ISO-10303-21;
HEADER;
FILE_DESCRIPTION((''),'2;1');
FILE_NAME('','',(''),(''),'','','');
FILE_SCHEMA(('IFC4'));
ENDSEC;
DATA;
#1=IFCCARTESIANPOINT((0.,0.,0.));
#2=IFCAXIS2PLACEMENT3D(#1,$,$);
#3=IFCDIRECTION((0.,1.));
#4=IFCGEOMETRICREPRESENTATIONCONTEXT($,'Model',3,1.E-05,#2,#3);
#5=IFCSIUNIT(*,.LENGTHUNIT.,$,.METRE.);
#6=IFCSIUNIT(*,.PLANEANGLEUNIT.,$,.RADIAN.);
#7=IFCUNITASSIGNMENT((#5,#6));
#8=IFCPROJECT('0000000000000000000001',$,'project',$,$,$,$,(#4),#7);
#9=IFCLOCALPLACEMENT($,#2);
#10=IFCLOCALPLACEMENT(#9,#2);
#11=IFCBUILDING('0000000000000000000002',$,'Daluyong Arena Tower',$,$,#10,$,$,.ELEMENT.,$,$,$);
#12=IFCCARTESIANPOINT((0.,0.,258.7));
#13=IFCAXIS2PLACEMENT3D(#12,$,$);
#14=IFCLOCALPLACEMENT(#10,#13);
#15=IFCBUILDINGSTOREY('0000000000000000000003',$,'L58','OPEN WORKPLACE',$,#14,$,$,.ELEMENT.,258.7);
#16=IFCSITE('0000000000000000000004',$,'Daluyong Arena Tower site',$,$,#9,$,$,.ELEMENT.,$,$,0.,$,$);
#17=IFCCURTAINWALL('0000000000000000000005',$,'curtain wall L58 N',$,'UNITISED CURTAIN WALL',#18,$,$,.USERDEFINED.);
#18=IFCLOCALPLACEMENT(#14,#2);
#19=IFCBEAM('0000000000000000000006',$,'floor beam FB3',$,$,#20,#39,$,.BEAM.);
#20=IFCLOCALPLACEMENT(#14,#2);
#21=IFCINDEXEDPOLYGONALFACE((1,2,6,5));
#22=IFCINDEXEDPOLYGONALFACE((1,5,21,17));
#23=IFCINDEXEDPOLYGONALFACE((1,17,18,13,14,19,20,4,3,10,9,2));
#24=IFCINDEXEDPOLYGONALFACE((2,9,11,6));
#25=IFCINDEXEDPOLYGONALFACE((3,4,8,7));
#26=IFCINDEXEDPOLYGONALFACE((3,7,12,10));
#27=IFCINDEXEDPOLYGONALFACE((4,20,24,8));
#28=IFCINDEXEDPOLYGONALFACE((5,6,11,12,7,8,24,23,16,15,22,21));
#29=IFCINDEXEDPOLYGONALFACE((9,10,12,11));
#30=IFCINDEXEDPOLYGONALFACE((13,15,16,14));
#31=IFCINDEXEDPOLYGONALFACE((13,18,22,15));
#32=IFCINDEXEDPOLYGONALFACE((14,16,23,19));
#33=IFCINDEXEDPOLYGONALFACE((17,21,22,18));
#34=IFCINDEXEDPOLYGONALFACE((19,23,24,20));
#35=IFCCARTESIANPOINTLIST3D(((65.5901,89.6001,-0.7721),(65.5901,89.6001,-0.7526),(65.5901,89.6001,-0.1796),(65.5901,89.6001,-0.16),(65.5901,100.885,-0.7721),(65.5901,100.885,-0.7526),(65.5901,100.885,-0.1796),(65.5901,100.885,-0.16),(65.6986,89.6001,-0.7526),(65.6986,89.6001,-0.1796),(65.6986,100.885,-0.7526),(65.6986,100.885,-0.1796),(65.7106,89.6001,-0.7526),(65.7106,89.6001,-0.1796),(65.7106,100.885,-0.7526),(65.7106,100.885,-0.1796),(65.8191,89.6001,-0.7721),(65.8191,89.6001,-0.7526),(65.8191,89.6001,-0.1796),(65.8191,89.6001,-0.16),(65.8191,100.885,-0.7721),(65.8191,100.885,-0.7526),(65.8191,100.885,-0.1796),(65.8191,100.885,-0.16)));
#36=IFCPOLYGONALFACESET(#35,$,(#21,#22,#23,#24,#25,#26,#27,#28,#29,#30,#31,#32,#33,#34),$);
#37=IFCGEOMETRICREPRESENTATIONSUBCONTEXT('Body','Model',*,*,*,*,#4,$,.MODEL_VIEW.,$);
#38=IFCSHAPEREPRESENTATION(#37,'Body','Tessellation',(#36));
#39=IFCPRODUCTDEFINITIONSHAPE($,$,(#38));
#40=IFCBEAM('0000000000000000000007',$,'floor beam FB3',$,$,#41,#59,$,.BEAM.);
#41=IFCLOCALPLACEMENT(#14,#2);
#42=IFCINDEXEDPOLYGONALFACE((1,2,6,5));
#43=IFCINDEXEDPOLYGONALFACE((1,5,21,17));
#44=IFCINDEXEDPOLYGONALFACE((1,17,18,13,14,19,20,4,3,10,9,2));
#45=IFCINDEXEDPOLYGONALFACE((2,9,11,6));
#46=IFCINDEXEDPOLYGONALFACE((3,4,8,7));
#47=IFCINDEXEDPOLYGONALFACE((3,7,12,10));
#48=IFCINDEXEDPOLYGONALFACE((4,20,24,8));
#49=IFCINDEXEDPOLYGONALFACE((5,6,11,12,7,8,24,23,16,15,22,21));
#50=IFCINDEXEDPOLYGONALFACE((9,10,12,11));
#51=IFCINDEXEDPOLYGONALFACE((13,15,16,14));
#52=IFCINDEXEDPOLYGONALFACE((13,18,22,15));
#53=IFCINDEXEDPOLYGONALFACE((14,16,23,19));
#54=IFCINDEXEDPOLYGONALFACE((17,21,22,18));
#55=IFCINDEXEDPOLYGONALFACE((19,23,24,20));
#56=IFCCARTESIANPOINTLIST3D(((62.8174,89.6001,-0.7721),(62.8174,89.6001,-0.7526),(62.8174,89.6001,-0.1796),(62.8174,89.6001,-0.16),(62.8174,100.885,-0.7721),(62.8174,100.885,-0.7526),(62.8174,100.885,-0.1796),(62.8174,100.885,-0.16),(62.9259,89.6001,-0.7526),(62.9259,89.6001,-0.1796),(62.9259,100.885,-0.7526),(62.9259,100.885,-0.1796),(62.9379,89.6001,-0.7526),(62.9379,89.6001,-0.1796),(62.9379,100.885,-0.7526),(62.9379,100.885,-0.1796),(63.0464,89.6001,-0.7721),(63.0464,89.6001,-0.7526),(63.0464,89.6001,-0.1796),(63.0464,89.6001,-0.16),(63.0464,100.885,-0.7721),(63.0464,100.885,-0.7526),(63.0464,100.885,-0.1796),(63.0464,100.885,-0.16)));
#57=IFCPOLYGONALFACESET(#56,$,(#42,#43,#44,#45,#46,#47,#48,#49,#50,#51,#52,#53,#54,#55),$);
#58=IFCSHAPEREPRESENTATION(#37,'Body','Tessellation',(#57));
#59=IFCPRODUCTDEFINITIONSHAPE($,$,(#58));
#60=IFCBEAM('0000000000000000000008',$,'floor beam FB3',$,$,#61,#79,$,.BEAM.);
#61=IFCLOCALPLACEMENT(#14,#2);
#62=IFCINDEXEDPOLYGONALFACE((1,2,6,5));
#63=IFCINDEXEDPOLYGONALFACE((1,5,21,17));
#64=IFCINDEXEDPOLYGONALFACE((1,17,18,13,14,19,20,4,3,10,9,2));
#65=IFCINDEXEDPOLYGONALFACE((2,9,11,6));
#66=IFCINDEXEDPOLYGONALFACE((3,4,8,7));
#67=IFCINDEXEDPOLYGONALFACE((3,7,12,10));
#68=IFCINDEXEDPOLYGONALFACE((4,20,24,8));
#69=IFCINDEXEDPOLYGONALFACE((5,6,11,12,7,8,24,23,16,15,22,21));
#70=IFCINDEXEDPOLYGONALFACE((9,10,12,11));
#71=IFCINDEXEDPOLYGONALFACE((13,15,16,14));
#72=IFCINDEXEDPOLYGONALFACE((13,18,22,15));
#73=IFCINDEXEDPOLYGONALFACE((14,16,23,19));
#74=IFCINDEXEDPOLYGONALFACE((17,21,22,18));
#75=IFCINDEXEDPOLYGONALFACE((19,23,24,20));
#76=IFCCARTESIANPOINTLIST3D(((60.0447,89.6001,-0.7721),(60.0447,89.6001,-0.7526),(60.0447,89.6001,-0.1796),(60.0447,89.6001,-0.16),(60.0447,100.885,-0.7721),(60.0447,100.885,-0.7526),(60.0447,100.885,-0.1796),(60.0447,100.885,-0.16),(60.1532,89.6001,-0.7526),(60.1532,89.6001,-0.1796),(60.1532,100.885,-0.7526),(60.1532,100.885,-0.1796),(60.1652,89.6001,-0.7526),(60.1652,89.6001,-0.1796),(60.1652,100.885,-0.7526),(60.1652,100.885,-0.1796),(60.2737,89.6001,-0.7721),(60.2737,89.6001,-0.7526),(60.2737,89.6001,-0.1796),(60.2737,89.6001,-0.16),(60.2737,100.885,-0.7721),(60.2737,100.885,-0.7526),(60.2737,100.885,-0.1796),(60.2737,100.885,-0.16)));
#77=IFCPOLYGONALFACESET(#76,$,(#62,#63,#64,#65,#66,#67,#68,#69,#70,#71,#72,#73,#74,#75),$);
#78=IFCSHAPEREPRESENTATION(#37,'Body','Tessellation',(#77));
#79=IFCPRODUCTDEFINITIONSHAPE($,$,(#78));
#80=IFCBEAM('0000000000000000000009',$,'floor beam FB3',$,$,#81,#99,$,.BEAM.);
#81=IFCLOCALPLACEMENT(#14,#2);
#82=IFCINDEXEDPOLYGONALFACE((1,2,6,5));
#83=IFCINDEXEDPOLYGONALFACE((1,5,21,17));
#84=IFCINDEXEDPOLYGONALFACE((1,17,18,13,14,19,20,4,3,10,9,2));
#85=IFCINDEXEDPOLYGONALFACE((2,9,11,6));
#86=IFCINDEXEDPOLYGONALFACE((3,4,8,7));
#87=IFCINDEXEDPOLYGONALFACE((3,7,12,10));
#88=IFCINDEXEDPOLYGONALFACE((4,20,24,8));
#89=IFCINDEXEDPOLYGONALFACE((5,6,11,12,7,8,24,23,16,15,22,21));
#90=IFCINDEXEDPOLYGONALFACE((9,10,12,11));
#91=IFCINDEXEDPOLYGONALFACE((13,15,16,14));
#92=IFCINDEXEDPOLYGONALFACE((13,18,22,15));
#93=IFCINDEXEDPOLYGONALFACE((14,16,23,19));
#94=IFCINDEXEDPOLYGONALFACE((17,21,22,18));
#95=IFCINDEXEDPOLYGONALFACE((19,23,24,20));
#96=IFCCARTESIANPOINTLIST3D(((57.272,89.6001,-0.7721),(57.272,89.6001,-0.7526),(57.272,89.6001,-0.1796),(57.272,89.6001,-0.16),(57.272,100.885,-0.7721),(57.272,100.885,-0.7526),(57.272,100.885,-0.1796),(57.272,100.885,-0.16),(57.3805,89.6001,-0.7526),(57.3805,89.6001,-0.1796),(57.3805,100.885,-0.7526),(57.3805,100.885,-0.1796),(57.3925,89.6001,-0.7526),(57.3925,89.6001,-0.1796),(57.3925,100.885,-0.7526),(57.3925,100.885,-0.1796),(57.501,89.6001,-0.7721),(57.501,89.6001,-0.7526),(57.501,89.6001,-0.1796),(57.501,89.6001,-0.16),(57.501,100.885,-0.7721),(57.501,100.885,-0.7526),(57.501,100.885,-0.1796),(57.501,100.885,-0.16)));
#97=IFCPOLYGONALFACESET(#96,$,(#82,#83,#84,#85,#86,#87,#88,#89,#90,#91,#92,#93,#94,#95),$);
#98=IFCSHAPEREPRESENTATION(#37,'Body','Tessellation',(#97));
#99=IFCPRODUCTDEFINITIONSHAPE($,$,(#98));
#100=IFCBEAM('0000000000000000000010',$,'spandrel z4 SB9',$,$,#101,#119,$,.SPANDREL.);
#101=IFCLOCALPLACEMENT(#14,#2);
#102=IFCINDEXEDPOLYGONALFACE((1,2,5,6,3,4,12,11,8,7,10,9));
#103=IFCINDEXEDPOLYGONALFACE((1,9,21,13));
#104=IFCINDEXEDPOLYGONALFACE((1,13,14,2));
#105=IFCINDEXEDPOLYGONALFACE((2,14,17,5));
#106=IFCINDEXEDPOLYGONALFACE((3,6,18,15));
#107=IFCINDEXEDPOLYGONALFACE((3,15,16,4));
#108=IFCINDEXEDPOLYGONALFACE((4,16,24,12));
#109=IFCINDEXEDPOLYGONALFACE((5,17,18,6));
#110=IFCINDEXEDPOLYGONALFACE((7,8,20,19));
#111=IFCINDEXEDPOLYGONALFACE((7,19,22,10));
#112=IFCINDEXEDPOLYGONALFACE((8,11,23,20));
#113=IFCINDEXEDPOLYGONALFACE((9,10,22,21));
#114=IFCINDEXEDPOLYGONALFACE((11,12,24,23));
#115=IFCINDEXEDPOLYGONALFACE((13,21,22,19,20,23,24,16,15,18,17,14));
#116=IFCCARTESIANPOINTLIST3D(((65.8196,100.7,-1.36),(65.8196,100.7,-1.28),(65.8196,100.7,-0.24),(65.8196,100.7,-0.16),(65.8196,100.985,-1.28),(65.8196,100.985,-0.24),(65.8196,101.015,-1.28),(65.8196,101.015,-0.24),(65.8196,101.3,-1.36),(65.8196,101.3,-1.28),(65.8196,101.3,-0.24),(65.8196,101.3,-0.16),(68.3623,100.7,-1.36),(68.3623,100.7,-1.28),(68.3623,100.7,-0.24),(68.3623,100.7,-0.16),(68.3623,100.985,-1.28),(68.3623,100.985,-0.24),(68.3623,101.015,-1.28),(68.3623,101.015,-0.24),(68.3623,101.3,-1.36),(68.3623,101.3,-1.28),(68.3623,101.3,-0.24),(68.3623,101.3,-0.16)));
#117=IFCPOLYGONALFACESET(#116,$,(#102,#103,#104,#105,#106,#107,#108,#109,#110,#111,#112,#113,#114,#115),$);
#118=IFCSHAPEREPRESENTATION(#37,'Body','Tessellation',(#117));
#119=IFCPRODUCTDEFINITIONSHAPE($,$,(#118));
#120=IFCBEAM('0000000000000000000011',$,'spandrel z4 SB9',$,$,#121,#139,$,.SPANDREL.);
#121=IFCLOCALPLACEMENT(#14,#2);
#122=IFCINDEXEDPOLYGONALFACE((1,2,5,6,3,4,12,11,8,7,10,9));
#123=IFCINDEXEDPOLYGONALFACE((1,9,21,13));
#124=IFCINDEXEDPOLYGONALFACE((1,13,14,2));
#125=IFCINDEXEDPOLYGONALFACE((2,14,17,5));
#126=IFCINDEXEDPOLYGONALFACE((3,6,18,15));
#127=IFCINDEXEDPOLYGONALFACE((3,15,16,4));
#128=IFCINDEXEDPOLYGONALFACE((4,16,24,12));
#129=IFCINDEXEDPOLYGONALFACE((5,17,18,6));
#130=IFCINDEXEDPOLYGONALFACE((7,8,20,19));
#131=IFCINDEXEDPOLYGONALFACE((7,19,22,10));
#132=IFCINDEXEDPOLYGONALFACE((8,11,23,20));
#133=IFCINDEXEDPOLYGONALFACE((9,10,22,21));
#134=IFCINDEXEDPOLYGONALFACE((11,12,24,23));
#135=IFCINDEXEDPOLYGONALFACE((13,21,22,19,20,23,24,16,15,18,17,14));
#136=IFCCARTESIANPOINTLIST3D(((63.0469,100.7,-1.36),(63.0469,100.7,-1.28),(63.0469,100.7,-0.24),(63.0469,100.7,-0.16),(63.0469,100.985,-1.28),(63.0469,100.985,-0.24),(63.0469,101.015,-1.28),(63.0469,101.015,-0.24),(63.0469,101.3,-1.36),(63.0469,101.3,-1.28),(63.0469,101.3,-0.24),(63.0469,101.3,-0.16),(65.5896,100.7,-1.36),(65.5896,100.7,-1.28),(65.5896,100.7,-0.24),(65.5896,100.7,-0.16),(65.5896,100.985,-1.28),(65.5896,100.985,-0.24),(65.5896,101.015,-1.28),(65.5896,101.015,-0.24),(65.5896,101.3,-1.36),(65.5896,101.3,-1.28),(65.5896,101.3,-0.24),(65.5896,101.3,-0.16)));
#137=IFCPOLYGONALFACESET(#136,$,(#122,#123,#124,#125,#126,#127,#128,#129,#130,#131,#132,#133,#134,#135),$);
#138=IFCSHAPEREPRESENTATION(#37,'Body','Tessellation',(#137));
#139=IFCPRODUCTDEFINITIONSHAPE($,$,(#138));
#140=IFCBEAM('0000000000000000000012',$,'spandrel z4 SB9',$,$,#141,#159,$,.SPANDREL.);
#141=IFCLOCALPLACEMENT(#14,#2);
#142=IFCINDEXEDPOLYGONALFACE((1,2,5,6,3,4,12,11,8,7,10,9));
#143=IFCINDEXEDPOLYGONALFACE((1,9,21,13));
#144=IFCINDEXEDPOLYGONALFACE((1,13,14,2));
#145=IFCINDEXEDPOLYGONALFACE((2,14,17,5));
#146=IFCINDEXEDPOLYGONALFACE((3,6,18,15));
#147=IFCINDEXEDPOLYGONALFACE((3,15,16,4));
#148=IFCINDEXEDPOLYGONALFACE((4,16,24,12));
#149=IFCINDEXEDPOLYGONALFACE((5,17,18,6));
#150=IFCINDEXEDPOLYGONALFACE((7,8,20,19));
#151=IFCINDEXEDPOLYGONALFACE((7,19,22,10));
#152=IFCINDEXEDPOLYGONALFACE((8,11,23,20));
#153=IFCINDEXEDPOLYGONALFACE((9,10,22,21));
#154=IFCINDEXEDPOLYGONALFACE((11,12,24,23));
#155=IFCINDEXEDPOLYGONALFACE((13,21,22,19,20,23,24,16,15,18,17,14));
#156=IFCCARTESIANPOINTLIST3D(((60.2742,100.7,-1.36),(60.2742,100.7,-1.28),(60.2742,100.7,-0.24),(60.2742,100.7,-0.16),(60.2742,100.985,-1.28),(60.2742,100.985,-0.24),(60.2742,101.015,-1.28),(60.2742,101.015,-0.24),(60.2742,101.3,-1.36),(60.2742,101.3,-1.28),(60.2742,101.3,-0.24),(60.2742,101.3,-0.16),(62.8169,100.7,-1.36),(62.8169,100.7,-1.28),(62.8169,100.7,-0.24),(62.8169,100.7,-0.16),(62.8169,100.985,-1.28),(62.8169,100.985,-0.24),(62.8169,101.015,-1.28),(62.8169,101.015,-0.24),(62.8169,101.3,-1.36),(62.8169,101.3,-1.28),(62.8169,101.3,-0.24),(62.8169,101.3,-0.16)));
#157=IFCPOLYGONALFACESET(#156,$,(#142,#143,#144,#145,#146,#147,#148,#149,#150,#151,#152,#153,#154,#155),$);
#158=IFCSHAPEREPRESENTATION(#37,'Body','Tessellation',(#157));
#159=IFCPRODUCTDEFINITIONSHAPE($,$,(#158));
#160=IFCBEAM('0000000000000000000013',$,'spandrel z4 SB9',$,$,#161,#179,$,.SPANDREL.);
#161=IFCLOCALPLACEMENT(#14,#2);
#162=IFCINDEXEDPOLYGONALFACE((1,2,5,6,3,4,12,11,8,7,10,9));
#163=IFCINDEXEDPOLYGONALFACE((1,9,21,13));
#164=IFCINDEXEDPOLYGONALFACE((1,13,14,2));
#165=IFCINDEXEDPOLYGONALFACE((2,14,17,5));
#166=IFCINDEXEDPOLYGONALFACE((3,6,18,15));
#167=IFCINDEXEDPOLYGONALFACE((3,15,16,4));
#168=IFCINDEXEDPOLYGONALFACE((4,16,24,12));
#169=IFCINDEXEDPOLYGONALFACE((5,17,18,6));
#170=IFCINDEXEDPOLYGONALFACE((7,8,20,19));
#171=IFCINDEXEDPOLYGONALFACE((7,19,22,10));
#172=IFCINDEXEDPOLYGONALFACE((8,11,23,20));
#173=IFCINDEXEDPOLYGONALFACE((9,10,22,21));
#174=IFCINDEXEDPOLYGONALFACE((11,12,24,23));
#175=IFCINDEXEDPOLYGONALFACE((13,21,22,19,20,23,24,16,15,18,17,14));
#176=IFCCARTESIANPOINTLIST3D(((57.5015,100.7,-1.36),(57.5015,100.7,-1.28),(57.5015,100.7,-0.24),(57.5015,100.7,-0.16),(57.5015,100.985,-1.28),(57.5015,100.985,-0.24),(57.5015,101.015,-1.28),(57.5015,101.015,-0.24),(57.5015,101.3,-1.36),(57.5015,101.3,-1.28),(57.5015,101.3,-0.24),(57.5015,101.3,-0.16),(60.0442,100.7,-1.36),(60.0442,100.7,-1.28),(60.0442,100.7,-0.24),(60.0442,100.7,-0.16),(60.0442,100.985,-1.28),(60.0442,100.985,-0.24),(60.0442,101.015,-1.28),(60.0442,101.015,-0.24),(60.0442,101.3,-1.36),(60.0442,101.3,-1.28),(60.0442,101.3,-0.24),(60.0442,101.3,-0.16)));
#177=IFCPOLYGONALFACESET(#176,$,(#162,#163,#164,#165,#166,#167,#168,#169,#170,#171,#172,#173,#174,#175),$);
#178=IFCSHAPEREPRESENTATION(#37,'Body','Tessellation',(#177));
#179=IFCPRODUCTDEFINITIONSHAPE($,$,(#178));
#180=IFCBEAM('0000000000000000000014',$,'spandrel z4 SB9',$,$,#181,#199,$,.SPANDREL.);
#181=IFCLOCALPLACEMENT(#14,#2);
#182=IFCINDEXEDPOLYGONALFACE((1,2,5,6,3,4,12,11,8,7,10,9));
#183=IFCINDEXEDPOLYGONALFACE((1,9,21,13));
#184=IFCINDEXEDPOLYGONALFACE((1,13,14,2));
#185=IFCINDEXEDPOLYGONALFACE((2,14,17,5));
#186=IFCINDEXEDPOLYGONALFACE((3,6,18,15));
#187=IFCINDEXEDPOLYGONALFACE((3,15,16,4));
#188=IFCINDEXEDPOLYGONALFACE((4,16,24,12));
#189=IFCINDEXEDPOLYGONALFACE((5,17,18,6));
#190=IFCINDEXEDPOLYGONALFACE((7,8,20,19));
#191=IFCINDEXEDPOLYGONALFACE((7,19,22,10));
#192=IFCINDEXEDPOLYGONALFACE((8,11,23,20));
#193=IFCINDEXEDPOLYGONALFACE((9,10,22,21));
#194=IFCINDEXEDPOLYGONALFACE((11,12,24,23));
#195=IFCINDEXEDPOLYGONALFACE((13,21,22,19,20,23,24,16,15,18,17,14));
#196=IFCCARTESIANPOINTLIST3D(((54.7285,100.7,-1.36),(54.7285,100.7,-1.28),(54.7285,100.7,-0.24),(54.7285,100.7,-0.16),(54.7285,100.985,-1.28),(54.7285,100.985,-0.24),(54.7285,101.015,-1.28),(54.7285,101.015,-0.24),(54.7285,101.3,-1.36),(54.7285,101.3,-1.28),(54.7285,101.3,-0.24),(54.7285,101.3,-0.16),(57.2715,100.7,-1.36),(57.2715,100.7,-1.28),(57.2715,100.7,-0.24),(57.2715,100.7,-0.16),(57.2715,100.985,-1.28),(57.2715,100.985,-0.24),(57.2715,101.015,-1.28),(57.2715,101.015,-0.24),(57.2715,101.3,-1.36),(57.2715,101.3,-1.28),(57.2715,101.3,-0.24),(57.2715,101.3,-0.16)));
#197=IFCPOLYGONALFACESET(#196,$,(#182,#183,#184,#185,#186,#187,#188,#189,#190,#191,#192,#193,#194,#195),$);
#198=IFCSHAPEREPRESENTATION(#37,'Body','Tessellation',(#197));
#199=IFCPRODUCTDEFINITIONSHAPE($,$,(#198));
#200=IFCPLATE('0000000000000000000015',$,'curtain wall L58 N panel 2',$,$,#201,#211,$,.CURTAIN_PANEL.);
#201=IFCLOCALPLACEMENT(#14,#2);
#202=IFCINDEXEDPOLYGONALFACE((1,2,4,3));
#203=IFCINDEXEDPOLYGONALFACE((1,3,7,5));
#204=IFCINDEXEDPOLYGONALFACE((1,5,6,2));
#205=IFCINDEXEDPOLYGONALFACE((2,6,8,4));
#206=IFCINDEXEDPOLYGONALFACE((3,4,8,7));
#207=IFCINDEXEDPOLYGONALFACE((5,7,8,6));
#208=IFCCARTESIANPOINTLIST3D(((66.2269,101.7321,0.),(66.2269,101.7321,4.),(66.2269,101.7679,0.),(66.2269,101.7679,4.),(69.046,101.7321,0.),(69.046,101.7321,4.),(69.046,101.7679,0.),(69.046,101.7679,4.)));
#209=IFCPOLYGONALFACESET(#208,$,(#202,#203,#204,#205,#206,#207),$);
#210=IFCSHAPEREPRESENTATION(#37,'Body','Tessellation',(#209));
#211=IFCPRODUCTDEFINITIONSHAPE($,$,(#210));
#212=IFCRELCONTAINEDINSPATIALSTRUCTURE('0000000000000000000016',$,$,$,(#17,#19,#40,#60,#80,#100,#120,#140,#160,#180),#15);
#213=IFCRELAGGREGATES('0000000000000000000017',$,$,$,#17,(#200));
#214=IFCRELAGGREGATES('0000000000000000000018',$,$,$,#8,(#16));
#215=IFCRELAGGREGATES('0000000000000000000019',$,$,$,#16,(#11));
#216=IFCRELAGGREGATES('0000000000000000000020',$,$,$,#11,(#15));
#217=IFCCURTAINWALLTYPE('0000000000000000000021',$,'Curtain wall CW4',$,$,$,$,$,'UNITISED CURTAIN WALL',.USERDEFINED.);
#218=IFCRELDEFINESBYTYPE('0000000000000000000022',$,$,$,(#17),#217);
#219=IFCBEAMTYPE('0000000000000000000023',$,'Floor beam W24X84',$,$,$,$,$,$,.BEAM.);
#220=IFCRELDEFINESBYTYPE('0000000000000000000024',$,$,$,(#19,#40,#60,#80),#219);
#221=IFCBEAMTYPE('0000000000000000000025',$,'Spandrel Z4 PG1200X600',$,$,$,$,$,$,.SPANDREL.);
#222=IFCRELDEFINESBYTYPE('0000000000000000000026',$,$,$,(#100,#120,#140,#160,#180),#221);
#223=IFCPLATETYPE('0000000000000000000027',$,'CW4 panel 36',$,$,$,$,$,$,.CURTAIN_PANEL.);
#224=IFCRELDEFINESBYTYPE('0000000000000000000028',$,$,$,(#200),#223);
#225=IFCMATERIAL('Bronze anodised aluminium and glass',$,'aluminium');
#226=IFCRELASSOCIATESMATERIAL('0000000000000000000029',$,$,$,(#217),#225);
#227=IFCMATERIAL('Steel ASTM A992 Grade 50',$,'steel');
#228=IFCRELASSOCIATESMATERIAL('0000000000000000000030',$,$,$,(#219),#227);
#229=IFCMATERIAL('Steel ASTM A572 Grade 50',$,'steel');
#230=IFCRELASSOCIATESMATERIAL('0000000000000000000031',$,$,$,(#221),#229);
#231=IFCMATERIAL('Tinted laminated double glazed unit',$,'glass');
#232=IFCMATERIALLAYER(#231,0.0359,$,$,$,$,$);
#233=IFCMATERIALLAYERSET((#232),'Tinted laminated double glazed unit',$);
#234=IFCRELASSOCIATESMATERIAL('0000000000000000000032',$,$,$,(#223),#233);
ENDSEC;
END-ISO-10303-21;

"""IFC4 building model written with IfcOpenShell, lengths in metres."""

from ifc_helpers import new_model, si_unit, direction, frame, origin, origin_2d, place, context, subcontext, project, spatial, rectangle, i_section, extrude, material, layer, layer_set, material_profile, profile_set, type_object, element, aggregate, save


model = new_model("IFC4")

# Units and contexts
model_context = context("Model", 3, precision=1e-05, world=origin(), true_north=direction((0.0, 1.0)))
body_context = subcontext(model_context, "Body", "Model", "MODEL_VIEW")
ifc_project = project(units=[si_unit("LENGTHUNIT", "METRE"), si_unit("PLANEANGLEUNIT", "RADIAN")], contexts=[model_context])

# Site, building, storey
site_placement = place(None, origin())
site = spatial("IfcSite", under=ifc_project, at=site_placement, Name="Daluyong Arena Tower site", CompositionType="ELEMENT", RefElevation=0.0)
building_placement = place(site_placement, origin())
building = spatial("IfcBuilding", under=site, at=building_placement, Name="Daluyong Arena Tower", CompositionType="ELEMENT")
storey_placement = place(building_placement, frame((0.0, 0.0, 258.7)))
storey = spatial("IfcBuildingStorey", under=building, at=storey_placement, Name="L58", Description="OPEN WORKPLACE", CompositionType="ELEMENT", Elevation=258.7)

# Curtain wall
ifc_material_1 = material(Name="Bronze anodised aluminium and glass", Category="aluminium")
curtain_wall_type = type_object("IfcCurtainWallType", Name="Curtain wall CW4", ElementType="UNITISED CURTAIN WALL", PredefinedType="USERDEFINED", material=ifc_material_1)
curtain_wall_placement = place(storey_placement, origin())
curtain_wall = element("IfcCurtainWall", 1, at=curtain_wall_placement, inside=storey, type_object=curtain_wall_type, Name="curtain wall L58 N", ObjectType="UNITISED CURTAIN WALL", PredefinedType="USERDEFINED")

# Beams
ifc_material_2 = material(Name="Steel ASTM A992 Grade 50", Category="steel")
ifc_material_profile_1 = material_profile(ifc_material_2, i_section(OverallWidth=0.229, OverallDepth=0.6121, WebThickness=0.012, FlangeThickness=0.0195, at=origin_2d()))
ifc_profile_set_1 = profile_set([ifc_material_profile_1], Name="Steel ASTM A992 Grade 50")
beam_type_1 = type_object("IfcBeamType", Name="Floor beam W24X84", PredefinedType="BEAM", material=ifc_profile_set_1)
for number, where, z_axis, x_axis, name in (
    (2, (65.7046, 100.885, -0.4661), (0.0, -1.0, 0.0), (1.0, 0.0, 0.0), "floor beam FB3"),
    (3, (62.9319, 100.885, -0.4661), (0.0, -1.0, 0.0), (1.0, 0.0, 0.0), "floor beam FB3"),
    (4, (60.1592, 100.885, -0.4661), (0.0, -1.0, 0.0), (1.0, 0.0, 0.0), "floor beam FB3"),
    (5, (57.3865, 100.885, -0.4661), (0.0, -1.0, 0.0), (1.0, 0.0, 0.0), "floor beam FB3"),
):
    element("IfcBeam", number, at=place(storey_placement, frame(where, z_axis=z_axis, x_axis=x_axis)), inside=storey, type_object=beam_type_1, Name=name, PredefinedType="BEAM", context=body_context, shape_type="SweptSolid", body=[
        extrude(i_section(OverallWidth=0.229, OverallDepth=0.6121, WebThickness=0.012, FlangeThickness=0.0195, at=origin_2d()), origin(), (0.0, 0.0, 1.0), 11.2849),
    ])
ifc_material_3 = material(Name="Steel ASTM A572 Grade 50", Category="steel")
ifc_material_profile_2 = material_profile(ifc_material_3, i_section(OverallWidth=0.6001, OverallDepth=1.2, WebThickness=0.03, FlangeThickness=0.08, at=origin_2d()))
ifc_profile_set_2 = profile_set([ifc_material_profile_2], Name="Steel ASTM A572 Grade 50")
beam_type_2 = type_object("IfcBeamType", Name="Spandrel Z4 PG1200X600", PredefinedType="SPANDREL", material=ifc_profile_set_2)
for number, where, z_axis, x_axis, name in (
    (6, (68.3623, 101.0, -0.76), (-1.0, 0.0, 0.0), (0.0, -1.0, 0.0), "spandrel z4 SB9"),
    (7, (65.5896, 101.0, -0.76), (-1.0, 0.0, 0.0), (0.0, -1.0, 0.0), "spandrel z4 SB9"),
    (8, (62.8169, 101.0, -0.76), (-1.0, 0.0, 0.0), (0.0, -1.0, 0.0), "spandrel z4 SB9"),
    (9, (60.0442, 101.0, -0.76), (-1.0, 0.0, 0.0), (0.0, -1.0, 0.0), "spandrel z4 SB9"),
):
    element("IfcBeam", number, at=place(storey_placement, frame(where, z_axis=z_axis, x_axis=x_axis)), inside=storey, type_object=beam_type_2, Name=name, PredefinedType="SPANDREL", context=body_context, shape_type="SweptSolid", body=[
        extrude(i_section(OverallWidth=0.6001, OverallDepth=1.2, WebThickness=0.03, FlangeThickness=0.08, at=origin_2d()), origin(), (0.0, 0.0, 1.0), 2.5427),
    ])
beam_1_placement = place(storey_placement, frame((57.2715, 101.0, -0.76), z_axis=(-1.0, 0.0, 0.0), x_axis=(0.0, -1.0, 0.0)))
element("IfcBeam", 10, at=beam_1_placement, inside=storey, type_object=beam_type_2, Name="spandrel z4 SB9", PredefinedType="SPANDREL", context=body_context, shape_type="SweptSolid", body=[
    extrude(i_section(OverallWidth=0.6001, OverallDepth=1.2, WebThickness=0.03, FlangeThickness=0.08, at=origin_2d()), origin(), (0.0, 0.0, 1.0), 2.543),
])

# Plate
ifc_material_4 = material(Name="Tinted laminated double glazed unit", Category="glass")
ifc_layer_1 = layer(ifc_material_4, 0.0359)
ifc_layer_set_1 = layer_set([ifc_layer_1], Name="Tinted laminated double glazed unit")
plate_type = type_object("IfcPlateType", Name="CW4 panel 36", PredefinedType="CURTAIN_PANEL", material=ifc_layer_set_1)
plate_1_placement = place(storey_placement, frame((67.6365, 101.75, 0.0), z_axis=(0.0, 0.0, 1.0), x_axis=(-1.0, 0.0, 0.0)))
plate_1 = element("IfcPlate", 11, at=plate_1_placement, type_object=plate_type, Name="curtain wall L58 N panel 2", PredefinedType="CURTAIN_PANEL", context=body_context, shape_type="SweptSolid", body=[
    extrude(rectangle(XDim=2.8191, YDim=0.0359, at=origin_2d()), origin(), (0.0, 0.0, 1.0), 4.0),
])
aggregate(curtain_wall, [plate_1])

save(model, "model.ifc")
